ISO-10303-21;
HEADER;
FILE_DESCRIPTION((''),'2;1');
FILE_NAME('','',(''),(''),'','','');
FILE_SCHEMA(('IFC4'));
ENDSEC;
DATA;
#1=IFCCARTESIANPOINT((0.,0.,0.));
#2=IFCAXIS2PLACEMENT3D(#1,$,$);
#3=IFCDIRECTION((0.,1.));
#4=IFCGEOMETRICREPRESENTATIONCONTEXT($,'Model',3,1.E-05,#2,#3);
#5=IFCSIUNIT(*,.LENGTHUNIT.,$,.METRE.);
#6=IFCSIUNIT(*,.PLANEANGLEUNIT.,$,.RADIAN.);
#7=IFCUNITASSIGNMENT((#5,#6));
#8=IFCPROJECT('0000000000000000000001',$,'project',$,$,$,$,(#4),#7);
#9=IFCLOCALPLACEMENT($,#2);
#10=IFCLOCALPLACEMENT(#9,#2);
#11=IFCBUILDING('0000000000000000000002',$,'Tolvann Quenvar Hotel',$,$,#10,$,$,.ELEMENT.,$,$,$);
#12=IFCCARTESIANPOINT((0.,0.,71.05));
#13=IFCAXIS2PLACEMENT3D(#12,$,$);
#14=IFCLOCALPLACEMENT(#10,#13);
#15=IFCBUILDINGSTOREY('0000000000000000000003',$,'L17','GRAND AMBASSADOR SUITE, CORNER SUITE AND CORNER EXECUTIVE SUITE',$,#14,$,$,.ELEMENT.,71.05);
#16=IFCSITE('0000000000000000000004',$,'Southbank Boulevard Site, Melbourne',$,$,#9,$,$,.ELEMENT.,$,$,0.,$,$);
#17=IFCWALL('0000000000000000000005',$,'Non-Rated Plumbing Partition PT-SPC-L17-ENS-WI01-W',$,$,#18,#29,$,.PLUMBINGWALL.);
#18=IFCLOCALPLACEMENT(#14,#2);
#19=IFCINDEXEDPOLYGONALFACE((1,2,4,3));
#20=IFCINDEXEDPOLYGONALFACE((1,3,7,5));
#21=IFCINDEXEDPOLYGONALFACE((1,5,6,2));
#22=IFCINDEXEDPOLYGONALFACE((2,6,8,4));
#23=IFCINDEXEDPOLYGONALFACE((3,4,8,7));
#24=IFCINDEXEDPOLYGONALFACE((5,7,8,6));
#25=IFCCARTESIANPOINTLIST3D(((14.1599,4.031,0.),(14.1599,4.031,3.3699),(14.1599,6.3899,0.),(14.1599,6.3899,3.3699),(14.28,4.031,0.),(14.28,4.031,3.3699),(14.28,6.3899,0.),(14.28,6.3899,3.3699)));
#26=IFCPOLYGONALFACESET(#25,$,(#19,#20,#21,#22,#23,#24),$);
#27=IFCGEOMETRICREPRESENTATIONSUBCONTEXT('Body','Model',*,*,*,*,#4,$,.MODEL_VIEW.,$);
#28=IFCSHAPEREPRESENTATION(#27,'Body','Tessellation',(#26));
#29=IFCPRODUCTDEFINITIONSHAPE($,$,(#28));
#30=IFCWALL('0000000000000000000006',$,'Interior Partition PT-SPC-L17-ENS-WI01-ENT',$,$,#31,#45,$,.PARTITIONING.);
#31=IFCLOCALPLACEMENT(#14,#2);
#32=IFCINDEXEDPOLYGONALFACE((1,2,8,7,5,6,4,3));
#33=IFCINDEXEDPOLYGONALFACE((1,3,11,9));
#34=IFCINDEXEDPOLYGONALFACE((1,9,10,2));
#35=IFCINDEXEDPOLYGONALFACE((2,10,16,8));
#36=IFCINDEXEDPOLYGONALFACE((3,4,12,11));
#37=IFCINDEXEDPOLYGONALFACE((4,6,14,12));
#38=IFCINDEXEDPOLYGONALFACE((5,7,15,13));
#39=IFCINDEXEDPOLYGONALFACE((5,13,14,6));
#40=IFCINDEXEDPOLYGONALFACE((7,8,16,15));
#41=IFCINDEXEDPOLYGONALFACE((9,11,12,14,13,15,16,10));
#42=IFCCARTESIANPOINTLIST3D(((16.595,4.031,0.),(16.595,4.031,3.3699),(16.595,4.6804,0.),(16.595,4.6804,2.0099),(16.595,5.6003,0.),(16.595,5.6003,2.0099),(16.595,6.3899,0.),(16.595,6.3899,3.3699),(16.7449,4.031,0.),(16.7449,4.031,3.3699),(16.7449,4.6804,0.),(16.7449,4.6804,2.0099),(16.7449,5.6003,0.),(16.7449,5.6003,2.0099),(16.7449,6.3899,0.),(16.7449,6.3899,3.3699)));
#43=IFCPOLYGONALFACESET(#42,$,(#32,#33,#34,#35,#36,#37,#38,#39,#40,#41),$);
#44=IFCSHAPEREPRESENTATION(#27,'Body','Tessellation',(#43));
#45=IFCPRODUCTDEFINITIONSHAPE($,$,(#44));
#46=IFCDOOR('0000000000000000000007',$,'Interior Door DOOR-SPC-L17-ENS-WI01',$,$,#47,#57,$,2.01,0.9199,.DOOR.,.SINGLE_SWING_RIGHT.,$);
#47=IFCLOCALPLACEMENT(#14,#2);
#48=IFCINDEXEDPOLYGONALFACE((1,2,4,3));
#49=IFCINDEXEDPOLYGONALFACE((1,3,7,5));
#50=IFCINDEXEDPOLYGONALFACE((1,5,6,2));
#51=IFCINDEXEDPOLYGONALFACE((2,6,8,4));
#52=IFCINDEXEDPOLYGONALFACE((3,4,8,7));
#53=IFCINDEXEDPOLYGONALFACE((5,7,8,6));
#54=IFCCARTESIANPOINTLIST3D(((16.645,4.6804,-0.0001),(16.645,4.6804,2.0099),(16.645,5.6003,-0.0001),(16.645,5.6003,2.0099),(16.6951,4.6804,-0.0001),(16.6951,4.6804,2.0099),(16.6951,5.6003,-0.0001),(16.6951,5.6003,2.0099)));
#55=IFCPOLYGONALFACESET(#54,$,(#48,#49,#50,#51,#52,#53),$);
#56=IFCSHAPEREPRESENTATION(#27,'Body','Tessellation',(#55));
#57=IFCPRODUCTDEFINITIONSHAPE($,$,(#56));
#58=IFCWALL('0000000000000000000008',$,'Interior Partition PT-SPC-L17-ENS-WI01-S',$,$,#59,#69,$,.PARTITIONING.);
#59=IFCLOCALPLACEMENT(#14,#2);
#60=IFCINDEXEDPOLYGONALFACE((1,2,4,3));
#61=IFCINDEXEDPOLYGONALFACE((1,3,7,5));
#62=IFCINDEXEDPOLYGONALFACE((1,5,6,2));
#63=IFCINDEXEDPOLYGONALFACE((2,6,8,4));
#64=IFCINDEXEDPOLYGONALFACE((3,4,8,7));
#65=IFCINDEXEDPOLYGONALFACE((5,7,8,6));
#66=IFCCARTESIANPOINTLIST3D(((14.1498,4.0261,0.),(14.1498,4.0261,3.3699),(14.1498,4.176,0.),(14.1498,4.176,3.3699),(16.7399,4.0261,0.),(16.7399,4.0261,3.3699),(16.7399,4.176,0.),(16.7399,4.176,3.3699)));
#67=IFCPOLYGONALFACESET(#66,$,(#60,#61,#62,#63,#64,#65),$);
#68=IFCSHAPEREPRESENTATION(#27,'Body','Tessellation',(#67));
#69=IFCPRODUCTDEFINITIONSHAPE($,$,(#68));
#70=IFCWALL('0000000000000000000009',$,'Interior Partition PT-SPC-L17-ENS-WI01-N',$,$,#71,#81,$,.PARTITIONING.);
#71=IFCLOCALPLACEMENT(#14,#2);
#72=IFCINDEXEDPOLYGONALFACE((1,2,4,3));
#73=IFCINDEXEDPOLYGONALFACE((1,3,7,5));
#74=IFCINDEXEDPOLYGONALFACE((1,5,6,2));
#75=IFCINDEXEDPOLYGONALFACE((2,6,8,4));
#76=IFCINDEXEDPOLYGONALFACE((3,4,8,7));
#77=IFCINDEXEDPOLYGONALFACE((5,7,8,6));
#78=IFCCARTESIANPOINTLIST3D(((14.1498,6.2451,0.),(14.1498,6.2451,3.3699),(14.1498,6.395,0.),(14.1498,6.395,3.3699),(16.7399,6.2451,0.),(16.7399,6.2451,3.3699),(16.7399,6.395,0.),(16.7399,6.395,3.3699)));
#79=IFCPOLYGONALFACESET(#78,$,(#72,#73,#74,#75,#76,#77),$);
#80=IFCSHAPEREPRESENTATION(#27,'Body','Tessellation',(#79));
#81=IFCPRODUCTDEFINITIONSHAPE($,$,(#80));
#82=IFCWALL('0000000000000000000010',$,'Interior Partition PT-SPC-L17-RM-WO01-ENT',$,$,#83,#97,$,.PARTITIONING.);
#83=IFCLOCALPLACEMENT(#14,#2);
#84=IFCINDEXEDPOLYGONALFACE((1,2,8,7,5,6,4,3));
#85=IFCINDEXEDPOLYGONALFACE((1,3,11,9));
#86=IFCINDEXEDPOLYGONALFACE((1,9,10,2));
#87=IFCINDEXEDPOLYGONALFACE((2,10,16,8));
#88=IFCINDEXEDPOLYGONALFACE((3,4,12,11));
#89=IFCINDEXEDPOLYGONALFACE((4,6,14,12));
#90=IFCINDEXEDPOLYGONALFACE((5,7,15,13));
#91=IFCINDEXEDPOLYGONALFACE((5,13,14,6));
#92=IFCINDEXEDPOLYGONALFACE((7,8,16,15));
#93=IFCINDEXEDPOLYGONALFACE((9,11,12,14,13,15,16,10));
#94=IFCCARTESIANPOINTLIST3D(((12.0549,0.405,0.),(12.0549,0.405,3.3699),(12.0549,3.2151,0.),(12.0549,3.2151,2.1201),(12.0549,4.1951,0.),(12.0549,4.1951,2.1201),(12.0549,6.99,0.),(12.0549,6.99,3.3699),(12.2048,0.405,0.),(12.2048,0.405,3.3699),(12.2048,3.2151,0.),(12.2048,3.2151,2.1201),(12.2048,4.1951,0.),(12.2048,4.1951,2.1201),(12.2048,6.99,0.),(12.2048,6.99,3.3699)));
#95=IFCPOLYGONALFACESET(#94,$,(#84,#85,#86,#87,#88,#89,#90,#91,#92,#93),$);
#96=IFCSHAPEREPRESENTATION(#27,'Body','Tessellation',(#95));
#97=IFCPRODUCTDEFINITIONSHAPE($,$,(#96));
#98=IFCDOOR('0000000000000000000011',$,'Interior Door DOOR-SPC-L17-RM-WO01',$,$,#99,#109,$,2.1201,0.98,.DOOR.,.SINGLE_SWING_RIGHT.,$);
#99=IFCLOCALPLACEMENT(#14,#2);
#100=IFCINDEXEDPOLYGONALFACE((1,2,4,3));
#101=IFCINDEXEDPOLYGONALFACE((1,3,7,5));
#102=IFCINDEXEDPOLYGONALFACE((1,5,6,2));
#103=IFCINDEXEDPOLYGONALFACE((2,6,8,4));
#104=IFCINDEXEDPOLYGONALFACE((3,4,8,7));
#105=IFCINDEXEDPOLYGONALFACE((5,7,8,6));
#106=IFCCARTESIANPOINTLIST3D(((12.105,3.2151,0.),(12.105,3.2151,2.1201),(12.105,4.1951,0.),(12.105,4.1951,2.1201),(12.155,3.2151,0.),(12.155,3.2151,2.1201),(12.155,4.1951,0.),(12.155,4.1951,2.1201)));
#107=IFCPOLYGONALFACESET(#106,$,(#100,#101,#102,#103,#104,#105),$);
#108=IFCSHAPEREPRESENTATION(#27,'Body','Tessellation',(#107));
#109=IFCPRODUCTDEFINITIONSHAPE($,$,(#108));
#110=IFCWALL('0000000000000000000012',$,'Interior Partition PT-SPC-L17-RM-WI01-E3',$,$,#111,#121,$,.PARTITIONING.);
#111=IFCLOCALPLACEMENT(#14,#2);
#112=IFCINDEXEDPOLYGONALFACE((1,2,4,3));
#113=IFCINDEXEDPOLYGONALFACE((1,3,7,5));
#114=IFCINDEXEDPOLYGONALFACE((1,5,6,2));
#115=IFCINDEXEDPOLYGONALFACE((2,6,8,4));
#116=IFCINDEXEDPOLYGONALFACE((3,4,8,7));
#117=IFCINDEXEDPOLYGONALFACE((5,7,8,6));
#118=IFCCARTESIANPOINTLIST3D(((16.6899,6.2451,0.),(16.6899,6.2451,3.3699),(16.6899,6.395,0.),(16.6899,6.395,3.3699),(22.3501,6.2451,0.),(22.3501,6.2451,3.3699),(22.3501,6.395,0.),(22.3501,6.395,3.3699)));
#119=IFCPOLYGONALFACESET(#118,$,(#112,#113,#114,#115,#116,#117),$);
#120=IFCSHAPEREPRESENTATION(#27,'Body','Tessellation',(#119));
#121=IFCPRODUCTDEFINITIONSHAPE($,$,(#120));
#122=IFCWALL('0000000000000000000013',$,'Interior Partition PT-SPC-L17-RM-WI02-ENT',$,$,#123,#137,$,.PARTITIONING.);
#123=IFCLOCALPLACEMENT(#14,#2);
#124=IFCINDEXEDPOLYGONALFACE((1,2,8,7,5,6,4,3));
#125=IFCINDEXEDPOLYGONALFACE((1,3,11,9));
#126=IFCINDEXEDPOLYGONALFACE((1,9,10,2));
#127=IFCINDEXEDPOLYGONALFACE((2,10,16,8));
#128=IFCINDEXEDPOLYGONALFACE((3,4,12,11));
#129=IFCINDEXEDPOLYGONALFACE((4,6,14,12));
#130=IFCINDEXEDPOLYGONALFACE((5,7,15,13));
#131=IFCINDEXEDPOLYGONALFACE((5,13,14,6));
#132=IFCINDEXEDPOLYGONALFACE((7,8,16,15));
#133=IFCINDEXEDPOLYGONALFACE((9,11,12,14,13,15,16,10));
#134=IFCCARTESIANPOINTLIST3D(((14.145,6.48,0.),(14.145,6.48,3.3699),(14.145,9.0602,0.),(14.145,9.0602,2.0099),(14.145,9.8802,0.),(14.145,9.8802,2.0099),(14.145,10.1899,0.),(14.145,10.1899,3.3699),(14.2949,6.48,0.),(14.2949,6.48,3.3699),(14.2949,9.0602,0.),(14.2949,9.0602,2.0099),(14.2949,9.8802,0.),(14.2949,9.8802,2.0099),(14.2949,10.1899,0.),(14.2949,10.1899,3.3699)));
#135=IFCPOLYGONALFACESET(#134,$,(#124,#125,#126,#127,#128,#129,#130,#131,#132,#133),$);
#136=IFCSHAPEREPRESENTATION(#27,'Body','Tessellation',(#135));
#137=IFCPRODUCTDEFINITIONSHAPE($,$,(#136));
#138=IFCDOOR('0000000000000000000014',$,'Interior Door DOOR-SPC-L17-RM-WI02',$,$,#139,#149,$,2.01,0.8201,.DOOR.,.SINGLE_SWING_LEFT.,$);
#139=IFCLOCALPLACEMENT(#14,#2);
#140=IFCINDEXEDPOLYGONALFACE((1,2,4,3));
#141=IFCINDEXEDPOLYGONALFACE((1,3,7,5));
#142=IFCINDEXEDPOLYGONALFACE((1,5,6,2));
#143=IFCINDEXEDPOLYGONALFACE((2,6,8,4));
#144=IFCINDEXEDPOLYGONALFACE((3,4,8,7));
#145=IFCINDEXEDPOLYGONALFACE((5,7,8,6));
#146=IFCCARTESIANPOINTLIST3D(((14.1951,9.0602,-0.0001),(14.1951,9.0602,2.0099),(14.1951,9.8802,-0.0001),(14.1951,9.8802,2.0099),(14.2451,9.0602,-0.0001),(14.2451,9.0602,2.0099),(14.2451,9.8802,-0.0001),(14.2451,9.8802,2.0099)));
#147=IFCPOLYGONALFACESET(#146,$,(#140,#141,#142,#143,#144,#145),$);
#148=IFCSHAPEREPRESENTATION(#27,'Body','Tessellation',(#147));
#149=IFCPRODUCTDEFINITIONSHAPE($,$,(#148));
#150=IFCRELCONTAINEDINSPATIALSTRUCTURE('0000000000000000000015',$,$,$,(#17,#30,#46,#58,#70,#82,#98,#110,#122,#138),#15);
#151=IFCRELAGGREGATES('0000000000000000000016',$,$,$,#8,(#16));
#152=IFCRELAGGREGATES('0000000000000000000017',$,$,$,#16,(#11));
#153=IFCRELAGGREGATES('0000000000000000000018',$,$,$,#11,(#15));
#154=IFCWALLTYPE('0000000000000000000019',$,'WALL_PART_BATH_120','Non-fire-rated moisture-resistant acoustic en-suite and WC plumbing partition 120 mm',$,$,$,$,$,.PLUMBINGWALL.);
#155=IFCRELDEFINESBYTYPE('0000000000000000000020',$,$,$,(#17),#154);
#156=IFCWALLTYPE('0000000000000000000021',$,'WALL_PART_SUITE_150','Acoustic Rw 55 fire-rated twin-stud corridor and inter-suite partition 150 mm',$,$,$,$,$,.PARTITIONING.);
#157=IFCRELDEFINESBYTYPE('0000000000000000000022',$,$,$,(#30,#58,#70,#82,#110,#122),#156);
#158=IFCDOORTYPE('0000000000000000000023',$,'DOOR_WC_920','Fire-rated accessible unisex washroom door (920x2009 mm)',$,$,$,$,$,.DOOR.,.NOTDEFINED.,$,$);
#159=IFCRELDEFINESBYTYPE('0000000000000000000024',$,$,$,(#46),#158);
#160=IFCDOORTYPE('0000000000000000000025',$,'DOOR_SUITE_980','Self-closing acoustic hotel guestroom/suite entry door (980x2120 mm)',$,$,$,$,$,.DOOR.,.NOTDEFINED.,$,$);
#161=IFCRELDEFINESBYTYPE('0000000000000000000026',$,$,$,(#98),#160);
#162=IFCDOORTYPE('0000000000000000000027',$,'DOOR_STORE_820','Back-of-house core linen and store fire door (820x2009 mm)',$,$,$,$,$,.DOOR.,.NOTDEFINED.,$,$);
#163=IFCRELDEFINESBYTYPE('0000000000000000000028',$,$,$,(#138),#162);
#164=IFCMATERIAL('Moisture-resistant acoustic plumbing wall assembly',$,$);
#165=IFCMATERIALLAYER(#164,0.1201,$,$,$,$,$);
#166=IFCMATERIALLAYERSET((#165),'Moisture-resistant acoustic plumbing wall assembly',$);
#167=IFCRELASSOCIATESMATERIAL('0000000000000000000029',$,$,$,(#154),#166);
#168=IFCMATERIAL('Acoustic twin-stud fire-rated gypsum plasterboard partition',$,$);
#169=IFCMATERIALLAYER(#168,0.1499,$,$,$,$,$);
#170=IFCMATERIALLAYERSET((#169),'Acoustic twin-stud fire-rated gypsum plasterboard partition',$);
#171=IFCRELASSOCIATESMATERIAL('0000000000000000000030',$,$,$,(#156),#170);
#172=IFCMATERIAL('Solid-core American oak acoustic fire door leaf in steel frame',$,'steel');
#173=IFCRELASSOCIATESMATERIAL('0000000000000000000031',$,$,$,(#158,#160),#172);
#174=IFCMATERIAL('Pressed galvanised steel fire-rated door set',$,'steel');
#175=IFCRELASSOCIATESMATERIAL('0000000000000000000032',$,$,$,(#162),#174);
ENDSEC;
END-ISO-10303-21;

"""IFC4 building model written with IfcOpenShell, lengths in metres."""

from ifc_helpers import new_model, si_unit, direction, frame, frame_2d, origin, place, context, subcontext, project, spatial, rectangle, extrude, source, transform, mapped, material, layer, layer_set, type_object, type_shapes, element, fill, save


model = new_model("IFC4")

# Units and contexts
model_context = context("Model", 3, precision=1e-05, world=origin(), true_north=direction((0.0, 1.0)))
body_context = subcontext(model_context, "Body", "Model", "MODEL_VIEW")
ifc_project = project(units=[si_unit("LENGTHUNIT", "METRE"), si_unit("PLANEANGLEUNIT", "RADIAN")], contexts=[model_context])

# Site, building, storey
site_placement = place(None, origin())
site = spatial("IfcSite", under=ifc_project, at=site_placement, Name="Southbank Boulevard Site, Melbourne", CompositionType="ELEMENT", RefElevation=0.0)
building_placement = place(site_placement, origin())
building = spatial("IfcBuilding", under=site, at=building_placement, Name="Tolvann Quenvar Hotel", CompositionType="ELEMENT")
storey_placement = place(building_placement, frame((0.0, 0.0, 71.05)))
storey = spatial("IfcBuildingStorey", under=building, at=storey_placement, Name="L17", Description="GRAND AMBASSADOR SUITE, CORNER SUITE AND CORNER EXECUTIVE SUITE", CompositionType="ELEMENT", Elevation=71.05)

# Wall
ifc_material_1 = material(Name="Moisture-resistant acoustic plumbing wall assembly")
ifc_layer_1 = layer(ifc_material_1, 0.1201)
ifc_layer_set_1 = layer_set([ifc_layer_1], Name="Moisture-resistant acoustic plumbing wall assembly")
wall_type_1 = type_object("IfcWallType", Name="WALL_PART_BATH_120", Description="Non-fire-rated moisture-resistant acoustic en-suite and WC plumbing partition 120 mm", PredefinedType="PLUMBINGWALL", material=ifc_layer_set_1)
wall_1_placement = place(storey_placement, frame((14.22, 4.031, 0.0), z_axis=(0.0, 0.0, 1.0), x_axis=(0.0, 1.0, 0.0)))
element("IfcWall", 1, at=wall_1_placement, inside=storey, type_object=wall_type_1, Name="Non-Rated Plumbing Partition PT-SPC-L17-ENS-WI01-W", PredefinedType="PLUMBINGWALL", context=body_context, shape_type="SweptSolid", body=[
    extrude(rectangle(XDim=2.3589, YDim=0.1201, at=frame_2d((1.1794, 0.0))), origin(), (0.0, 0.0, 1.0), 3.3699),
])

# Wall, opening, door
ifc_material_2 = material(Name="Acoustic twin-stud fire-rated gypsum plasterboard partition")
ifc_layer_2 = layer(ifc_material_2, 0.1499)
ifc_layer_set_2 = layer_set([ifc_layer_2], Name="Acoustic twin-stud fire-rated gypsum plasterboard partition")
wall_type_2 = type_object("IfcWallType", Name="WALL_PART_SUITE_150", Description="Acoustic Rw 55 fire-rated twin-stud corridor and inter-suite partition 150 mm", PredefinedType="PARTITIONING", material=ifc_layer_set_2)
wall_2_placement = place(storey_placement, frame((16.6699, 4.031, 0.0), z_axis=(0.0, 0.0, 1.0), x_axis=(0.0, 1.0, 0.0)))
wall_2 = element("IfcWall", 2, at=wall_2_placement, inside=storey, type_object=wall_type_2, Name="Interior Partition PT-SPC-L17-ENS-WI01-ENT", PredefinedType="PARTITIONING", context=body_context, shape_type="SweptSolid", body=[
    extrude(rectangle(XDim=2.3589, YDim=0.1499, at=frame_2d((1.1794, 0.0))), origin(), (0.0, 0.0, 1.0), 3.3699),
])
opening_1_placement = place(wall_2_placement, frame((0.6494, 0.0, 0.0)))
opening_1 = element("IfcOpeningElement", 3, at=opening_1_placement, cuts=wall_2, PredefinedType="OPENING", context=body_context, shape_type="SweptSolid", body=[
    extrude(rectangle(XDim=0.9199, YDim=2.01, at=frame_2d((0.46, 1.0049))), frame((0.0, 0.085, 0.0), z_axis=(0.0, -1.0, 0.0), x_axis=(1.0, 0.0, 0.0)), (0.0, 0.0, 1.0), 0.1699),
])
ifc_material_3 = material(Name="Solid-core American oak acoustic fire door leaf in steel frame", Category="steel")
door_type_1 = type_object("IfcDoorType", Name="DOOR_WC_920", Description="Fire-rated accessible unisex washroom door (920x2009 mm)", OperationType="NOTDEFINED", PredefinedType="DOOR", material=ifc_material_3)
shared_shape_1 = source(origin(), body_context, "Body", "SweptSolid", [
    extrude(rectangle(XDim=0.9199, YDim=2.01, at=frame_2d((0.46, 1.0049))), frame((0.0, 0.0249, 0.0), z_axis=(0.0, -1.0, 0.0), x_axis=(1.0, 0.0, 0.0)), (0.0, 0.0, 1.0), 0.05),
])
type_shapes(door_type_1, [shared_shape_1])
door_1_placement = place(opening_1_placement, origin())
door_1 = element("IfcDoor", 4, at=door_1_placement, inside=storey, type_object=door_type_1, Name="Interior Door DOOR-SPC-L17-ENS-WI01", OperationType="SINGLE_SWING_RIGHT", OverallHeight=2.01, OverallWidth=0.9199, PredefinedType="DOOR", context=body_context, shape_type="MappedRepresentation", body=[
    mapped(shared_shape_1, transform((0.0, 0.0, 0.0), x_axis=(1.0, 0.0, 0.0), y_axis=(0.0, 1.0, 0.0), z_axis=(0.0, 0.0, 1.0), scale=1.0)),
])
fill(opening_1, door_1)

# Walls
for number, where, z_axis, x_axis, name in (
    (5, (14.1499, 4.1011, 0.0), (0.0, 0.0, 1.0), (1.0, 0.0, 0.0), "Interior Partition PT-SPC-L17-ENS-WI01-S"),
    (6, (14.1499, 6.3201, 0.0), (0.0, 0.0, 1.0), (1.0, 0.0, 0.0), "Interior Partition PT-SPC-L17-ENS-WI01-N"),
):
    element("IfcWall", number, at=place(storey_placement, frame(where, z_axis=z_axis, x_axis=x_axis)), inside=storey, type_object=wall_type_2, Name=name, PredefinedType="PARTITIONING", context=body_context, shape_type="SweptSolid", body=[
        extrude(rectangle(XDim=2.5901, YDim=0.1499, at=frame_2d((1.2949, 0.0))), origin(), (0.0, 0.0, 1.0), 3.3699),
    ])

# Wall, opening, door
wall_3_placement = place(storey_placement, frame((12.1299, 0.405, 0.0), z_axis=(0.0, 0.0, 1.0), x_axis=(0.0, 1.0, 0.0)))
wall_3 = element("IfcWall", 7, at=wall_3_placement, inside=storey, type_object=wall_type_2, Name="Interior Partition PT-SPC-L17-RM-WO01-ENT", PredefinedType="PARTITIONING", context=body_context, shape_type="SweptSolid", body=[
    extrude(rectangle(XDim=6.585, YDim=0.1499, at=frame_2d((3.2925, 0.0))), origin(), (0.0, 0.0, 1.0), 3.3699),
])
opening_2_placement = place(wall_3_placement, frame((2.8101, 0.0, 0.0)))
opening_2 = element("IfcOpeningElement", 8, at=opening_2_placement, cuts=wall_3, PredefinedType="OPENING", context=body_context, shape_type="SweptSolid", body=[
    extrude(rectangle(XDim=0.98, YDim=2.1201, at=frame_2d((0.49, 1.0601))), frame((0.0, 0.085, 0.0), z_axis=(0.0, -1.0, 0.0), x_axis=(1.0, 0.0, 0.0)), (0.0, 0.0, 1.0), 0.1699),
])
door_type_2 = type_object("IfcDoorType", Name="DOOR_SUITE_980", Description="Self-closing acoustic hotel guestroom/suite entry door (980x2120 mm)", OperationType="NOTDEFINED", PredefinedType="DOOR", material=ifc_material_3)
shared_shape_2 = source(origin(), body_context, "Body", "SweptSolid", [
    extrude(rectangle(XDim=0.98, YDim=2.1201, at=frame_2d((0.49, 1.0601))), frame((0.0, 0.0249, 0.0), z_axis=(0.0, -1.0, 0.0), x_axis=(1.0, 0.0, 0.0)), (0.0, 0.0, 1.0), 0.05),
])
type_shapes(door_type_2, [shared_shape_2])
door_2_placement = place(opening_2_placement, origin())
door_2 = element("IfcDoor", 9, at=door_2_placement, inside=storey, type_object=door_type_2, Name="Interior Door DOOR-SPC-L17-RM-WO01", OperationType="SINGLE_SWING_RIGHT", OverallHeight=2.1201, OverallWidth=0.98, PredefinedType="DOOR", context=body_context, shape_type="MappedRepresentation", body=[
    mapped(shared_shape_2, transform((0.0, 0.0, 0.0), x_axis=(1.0, 0.0, 0.0), y_axis=(0.0, 1.0, 0.0), z_axis=(0.0, 0.0, 1.0), scale=1.0)),
])
fill(opening_2, door_2)

# Wall
wall_4_placement = place(storey_placement, frame((16.6899, 6.3201, 0.0), z_axis=(0.0, 0.0, 1.0), x_axis=(1.0, 0.0, 0.0)))
element("IfcWall", 10, at=wall_4_placement, inside=storey, type_object=wall_type_2, Name="Interior Partition PT-SPC-L17-RM-WI01-E3", PredefinedType="PARTITIONING", context=body_context, shape_type="SweptSolid", body=[
    extrude(rectangle(XDim=5.6602, YDim=0.1499, at=frame_2d((2.8301, 0.0))), origin(), (0.0, 0.0, 1.0), 3.3699),
])

# Wall, opening, door
wall_5_placement = place(storey_placement, frame((14.22, 6.48, 0.0), z_axis=(0.0, 0.0, 1.0), x_axis=(0.0, 1.0, 0.0)))
wall_5 = element("IfcWall", 11, at=wall_5_placement, inside=storey, type_object=wall_type_2, Name="Interior Partition PT-SPC-L17-RM-WI02-ENT", PredefinedType="PARTITIONING", context=body_context, shape_type="SweptSolid", body=[
    extrude(rectangle(XDim=3.71, YDim=0.1499, at=frame_2d((1.855, 0.0))), origin(), (0.0, 0.0, 1.0), 3.3699),
])
opening_3_placement = place(wall_5_placement, frame((2.5801, 0.0, 0.0)))
opening_3 = element("IfcOpeningElement", 12, at=opening_3_placement, cuts=wall_5, PredefinedType="OPENING", context=body_context, shape_type="SweptSolid", body=[
    extrude(rectangle(XDim=0.8201, YDim=2.01, at=frame_2d((0.4102, 1.0049))), frame((0.0, 0.085, 0.0), z_axis=(0.0, -1.0, 0.0), x_axis=(1.0, 0.0, 0.0)), (0.0, 0.0, 1.0), 0.1699),
])
ifc_material_4 = material(Name="Pressed galvanised steel fire-rated door set", Category="steel")
door_type_3 = type_object("IfcDoorType", Name="DOOR_STORE_820", Description="Back-of-house core linen and store fire door (820x2009 mm)", OperationType="NOTDEFINED", PredefinedType="DOOR", material=ifc_material_4)
shared_shape_3 = source(origin(), body_context, "Body", "SweptSolid", [
    extrude(rectangle(XDim=0.8201, YDim=2.01, at=frame_2d((0.4102, 1.0049))), frame((0.0, 0.0249, 0.0), z_axis=(0.0, -1.0, 0.0), x_axis=(1.0, 0.0, 0.0)), (0.0, 0.0, 1.0), 0.05),
])
type_shapes(door_type_3, [shared_shape_3])
door_3_placement = place(opening_3_placement, origin())
door_3 = element("IfcDoor", 13, at=door_3_placement, inside=storey, type_object=door_type_3, Name="Interior Door DOOR-SPC-L17-RM-WI02", OperationType="SINGLE_SWING_LEFT", OverallHeight=2.01, OverallWidth=0.8201, PredefinedType="DOOR", context=body_context, shape_type="MappedRepresentation", body=[
    mapped(shared_shape_3, transform((0.0, 0.0, 0.0), x_axis=(1.0, 0.0, 0.0), y_axis=(0.0, 1.0, 0.0), z_axis=(0.0, 0.0, 1.0), scale=1.0)),
])
fill(opening_3, door_3)

save(model, "model.ifc")
